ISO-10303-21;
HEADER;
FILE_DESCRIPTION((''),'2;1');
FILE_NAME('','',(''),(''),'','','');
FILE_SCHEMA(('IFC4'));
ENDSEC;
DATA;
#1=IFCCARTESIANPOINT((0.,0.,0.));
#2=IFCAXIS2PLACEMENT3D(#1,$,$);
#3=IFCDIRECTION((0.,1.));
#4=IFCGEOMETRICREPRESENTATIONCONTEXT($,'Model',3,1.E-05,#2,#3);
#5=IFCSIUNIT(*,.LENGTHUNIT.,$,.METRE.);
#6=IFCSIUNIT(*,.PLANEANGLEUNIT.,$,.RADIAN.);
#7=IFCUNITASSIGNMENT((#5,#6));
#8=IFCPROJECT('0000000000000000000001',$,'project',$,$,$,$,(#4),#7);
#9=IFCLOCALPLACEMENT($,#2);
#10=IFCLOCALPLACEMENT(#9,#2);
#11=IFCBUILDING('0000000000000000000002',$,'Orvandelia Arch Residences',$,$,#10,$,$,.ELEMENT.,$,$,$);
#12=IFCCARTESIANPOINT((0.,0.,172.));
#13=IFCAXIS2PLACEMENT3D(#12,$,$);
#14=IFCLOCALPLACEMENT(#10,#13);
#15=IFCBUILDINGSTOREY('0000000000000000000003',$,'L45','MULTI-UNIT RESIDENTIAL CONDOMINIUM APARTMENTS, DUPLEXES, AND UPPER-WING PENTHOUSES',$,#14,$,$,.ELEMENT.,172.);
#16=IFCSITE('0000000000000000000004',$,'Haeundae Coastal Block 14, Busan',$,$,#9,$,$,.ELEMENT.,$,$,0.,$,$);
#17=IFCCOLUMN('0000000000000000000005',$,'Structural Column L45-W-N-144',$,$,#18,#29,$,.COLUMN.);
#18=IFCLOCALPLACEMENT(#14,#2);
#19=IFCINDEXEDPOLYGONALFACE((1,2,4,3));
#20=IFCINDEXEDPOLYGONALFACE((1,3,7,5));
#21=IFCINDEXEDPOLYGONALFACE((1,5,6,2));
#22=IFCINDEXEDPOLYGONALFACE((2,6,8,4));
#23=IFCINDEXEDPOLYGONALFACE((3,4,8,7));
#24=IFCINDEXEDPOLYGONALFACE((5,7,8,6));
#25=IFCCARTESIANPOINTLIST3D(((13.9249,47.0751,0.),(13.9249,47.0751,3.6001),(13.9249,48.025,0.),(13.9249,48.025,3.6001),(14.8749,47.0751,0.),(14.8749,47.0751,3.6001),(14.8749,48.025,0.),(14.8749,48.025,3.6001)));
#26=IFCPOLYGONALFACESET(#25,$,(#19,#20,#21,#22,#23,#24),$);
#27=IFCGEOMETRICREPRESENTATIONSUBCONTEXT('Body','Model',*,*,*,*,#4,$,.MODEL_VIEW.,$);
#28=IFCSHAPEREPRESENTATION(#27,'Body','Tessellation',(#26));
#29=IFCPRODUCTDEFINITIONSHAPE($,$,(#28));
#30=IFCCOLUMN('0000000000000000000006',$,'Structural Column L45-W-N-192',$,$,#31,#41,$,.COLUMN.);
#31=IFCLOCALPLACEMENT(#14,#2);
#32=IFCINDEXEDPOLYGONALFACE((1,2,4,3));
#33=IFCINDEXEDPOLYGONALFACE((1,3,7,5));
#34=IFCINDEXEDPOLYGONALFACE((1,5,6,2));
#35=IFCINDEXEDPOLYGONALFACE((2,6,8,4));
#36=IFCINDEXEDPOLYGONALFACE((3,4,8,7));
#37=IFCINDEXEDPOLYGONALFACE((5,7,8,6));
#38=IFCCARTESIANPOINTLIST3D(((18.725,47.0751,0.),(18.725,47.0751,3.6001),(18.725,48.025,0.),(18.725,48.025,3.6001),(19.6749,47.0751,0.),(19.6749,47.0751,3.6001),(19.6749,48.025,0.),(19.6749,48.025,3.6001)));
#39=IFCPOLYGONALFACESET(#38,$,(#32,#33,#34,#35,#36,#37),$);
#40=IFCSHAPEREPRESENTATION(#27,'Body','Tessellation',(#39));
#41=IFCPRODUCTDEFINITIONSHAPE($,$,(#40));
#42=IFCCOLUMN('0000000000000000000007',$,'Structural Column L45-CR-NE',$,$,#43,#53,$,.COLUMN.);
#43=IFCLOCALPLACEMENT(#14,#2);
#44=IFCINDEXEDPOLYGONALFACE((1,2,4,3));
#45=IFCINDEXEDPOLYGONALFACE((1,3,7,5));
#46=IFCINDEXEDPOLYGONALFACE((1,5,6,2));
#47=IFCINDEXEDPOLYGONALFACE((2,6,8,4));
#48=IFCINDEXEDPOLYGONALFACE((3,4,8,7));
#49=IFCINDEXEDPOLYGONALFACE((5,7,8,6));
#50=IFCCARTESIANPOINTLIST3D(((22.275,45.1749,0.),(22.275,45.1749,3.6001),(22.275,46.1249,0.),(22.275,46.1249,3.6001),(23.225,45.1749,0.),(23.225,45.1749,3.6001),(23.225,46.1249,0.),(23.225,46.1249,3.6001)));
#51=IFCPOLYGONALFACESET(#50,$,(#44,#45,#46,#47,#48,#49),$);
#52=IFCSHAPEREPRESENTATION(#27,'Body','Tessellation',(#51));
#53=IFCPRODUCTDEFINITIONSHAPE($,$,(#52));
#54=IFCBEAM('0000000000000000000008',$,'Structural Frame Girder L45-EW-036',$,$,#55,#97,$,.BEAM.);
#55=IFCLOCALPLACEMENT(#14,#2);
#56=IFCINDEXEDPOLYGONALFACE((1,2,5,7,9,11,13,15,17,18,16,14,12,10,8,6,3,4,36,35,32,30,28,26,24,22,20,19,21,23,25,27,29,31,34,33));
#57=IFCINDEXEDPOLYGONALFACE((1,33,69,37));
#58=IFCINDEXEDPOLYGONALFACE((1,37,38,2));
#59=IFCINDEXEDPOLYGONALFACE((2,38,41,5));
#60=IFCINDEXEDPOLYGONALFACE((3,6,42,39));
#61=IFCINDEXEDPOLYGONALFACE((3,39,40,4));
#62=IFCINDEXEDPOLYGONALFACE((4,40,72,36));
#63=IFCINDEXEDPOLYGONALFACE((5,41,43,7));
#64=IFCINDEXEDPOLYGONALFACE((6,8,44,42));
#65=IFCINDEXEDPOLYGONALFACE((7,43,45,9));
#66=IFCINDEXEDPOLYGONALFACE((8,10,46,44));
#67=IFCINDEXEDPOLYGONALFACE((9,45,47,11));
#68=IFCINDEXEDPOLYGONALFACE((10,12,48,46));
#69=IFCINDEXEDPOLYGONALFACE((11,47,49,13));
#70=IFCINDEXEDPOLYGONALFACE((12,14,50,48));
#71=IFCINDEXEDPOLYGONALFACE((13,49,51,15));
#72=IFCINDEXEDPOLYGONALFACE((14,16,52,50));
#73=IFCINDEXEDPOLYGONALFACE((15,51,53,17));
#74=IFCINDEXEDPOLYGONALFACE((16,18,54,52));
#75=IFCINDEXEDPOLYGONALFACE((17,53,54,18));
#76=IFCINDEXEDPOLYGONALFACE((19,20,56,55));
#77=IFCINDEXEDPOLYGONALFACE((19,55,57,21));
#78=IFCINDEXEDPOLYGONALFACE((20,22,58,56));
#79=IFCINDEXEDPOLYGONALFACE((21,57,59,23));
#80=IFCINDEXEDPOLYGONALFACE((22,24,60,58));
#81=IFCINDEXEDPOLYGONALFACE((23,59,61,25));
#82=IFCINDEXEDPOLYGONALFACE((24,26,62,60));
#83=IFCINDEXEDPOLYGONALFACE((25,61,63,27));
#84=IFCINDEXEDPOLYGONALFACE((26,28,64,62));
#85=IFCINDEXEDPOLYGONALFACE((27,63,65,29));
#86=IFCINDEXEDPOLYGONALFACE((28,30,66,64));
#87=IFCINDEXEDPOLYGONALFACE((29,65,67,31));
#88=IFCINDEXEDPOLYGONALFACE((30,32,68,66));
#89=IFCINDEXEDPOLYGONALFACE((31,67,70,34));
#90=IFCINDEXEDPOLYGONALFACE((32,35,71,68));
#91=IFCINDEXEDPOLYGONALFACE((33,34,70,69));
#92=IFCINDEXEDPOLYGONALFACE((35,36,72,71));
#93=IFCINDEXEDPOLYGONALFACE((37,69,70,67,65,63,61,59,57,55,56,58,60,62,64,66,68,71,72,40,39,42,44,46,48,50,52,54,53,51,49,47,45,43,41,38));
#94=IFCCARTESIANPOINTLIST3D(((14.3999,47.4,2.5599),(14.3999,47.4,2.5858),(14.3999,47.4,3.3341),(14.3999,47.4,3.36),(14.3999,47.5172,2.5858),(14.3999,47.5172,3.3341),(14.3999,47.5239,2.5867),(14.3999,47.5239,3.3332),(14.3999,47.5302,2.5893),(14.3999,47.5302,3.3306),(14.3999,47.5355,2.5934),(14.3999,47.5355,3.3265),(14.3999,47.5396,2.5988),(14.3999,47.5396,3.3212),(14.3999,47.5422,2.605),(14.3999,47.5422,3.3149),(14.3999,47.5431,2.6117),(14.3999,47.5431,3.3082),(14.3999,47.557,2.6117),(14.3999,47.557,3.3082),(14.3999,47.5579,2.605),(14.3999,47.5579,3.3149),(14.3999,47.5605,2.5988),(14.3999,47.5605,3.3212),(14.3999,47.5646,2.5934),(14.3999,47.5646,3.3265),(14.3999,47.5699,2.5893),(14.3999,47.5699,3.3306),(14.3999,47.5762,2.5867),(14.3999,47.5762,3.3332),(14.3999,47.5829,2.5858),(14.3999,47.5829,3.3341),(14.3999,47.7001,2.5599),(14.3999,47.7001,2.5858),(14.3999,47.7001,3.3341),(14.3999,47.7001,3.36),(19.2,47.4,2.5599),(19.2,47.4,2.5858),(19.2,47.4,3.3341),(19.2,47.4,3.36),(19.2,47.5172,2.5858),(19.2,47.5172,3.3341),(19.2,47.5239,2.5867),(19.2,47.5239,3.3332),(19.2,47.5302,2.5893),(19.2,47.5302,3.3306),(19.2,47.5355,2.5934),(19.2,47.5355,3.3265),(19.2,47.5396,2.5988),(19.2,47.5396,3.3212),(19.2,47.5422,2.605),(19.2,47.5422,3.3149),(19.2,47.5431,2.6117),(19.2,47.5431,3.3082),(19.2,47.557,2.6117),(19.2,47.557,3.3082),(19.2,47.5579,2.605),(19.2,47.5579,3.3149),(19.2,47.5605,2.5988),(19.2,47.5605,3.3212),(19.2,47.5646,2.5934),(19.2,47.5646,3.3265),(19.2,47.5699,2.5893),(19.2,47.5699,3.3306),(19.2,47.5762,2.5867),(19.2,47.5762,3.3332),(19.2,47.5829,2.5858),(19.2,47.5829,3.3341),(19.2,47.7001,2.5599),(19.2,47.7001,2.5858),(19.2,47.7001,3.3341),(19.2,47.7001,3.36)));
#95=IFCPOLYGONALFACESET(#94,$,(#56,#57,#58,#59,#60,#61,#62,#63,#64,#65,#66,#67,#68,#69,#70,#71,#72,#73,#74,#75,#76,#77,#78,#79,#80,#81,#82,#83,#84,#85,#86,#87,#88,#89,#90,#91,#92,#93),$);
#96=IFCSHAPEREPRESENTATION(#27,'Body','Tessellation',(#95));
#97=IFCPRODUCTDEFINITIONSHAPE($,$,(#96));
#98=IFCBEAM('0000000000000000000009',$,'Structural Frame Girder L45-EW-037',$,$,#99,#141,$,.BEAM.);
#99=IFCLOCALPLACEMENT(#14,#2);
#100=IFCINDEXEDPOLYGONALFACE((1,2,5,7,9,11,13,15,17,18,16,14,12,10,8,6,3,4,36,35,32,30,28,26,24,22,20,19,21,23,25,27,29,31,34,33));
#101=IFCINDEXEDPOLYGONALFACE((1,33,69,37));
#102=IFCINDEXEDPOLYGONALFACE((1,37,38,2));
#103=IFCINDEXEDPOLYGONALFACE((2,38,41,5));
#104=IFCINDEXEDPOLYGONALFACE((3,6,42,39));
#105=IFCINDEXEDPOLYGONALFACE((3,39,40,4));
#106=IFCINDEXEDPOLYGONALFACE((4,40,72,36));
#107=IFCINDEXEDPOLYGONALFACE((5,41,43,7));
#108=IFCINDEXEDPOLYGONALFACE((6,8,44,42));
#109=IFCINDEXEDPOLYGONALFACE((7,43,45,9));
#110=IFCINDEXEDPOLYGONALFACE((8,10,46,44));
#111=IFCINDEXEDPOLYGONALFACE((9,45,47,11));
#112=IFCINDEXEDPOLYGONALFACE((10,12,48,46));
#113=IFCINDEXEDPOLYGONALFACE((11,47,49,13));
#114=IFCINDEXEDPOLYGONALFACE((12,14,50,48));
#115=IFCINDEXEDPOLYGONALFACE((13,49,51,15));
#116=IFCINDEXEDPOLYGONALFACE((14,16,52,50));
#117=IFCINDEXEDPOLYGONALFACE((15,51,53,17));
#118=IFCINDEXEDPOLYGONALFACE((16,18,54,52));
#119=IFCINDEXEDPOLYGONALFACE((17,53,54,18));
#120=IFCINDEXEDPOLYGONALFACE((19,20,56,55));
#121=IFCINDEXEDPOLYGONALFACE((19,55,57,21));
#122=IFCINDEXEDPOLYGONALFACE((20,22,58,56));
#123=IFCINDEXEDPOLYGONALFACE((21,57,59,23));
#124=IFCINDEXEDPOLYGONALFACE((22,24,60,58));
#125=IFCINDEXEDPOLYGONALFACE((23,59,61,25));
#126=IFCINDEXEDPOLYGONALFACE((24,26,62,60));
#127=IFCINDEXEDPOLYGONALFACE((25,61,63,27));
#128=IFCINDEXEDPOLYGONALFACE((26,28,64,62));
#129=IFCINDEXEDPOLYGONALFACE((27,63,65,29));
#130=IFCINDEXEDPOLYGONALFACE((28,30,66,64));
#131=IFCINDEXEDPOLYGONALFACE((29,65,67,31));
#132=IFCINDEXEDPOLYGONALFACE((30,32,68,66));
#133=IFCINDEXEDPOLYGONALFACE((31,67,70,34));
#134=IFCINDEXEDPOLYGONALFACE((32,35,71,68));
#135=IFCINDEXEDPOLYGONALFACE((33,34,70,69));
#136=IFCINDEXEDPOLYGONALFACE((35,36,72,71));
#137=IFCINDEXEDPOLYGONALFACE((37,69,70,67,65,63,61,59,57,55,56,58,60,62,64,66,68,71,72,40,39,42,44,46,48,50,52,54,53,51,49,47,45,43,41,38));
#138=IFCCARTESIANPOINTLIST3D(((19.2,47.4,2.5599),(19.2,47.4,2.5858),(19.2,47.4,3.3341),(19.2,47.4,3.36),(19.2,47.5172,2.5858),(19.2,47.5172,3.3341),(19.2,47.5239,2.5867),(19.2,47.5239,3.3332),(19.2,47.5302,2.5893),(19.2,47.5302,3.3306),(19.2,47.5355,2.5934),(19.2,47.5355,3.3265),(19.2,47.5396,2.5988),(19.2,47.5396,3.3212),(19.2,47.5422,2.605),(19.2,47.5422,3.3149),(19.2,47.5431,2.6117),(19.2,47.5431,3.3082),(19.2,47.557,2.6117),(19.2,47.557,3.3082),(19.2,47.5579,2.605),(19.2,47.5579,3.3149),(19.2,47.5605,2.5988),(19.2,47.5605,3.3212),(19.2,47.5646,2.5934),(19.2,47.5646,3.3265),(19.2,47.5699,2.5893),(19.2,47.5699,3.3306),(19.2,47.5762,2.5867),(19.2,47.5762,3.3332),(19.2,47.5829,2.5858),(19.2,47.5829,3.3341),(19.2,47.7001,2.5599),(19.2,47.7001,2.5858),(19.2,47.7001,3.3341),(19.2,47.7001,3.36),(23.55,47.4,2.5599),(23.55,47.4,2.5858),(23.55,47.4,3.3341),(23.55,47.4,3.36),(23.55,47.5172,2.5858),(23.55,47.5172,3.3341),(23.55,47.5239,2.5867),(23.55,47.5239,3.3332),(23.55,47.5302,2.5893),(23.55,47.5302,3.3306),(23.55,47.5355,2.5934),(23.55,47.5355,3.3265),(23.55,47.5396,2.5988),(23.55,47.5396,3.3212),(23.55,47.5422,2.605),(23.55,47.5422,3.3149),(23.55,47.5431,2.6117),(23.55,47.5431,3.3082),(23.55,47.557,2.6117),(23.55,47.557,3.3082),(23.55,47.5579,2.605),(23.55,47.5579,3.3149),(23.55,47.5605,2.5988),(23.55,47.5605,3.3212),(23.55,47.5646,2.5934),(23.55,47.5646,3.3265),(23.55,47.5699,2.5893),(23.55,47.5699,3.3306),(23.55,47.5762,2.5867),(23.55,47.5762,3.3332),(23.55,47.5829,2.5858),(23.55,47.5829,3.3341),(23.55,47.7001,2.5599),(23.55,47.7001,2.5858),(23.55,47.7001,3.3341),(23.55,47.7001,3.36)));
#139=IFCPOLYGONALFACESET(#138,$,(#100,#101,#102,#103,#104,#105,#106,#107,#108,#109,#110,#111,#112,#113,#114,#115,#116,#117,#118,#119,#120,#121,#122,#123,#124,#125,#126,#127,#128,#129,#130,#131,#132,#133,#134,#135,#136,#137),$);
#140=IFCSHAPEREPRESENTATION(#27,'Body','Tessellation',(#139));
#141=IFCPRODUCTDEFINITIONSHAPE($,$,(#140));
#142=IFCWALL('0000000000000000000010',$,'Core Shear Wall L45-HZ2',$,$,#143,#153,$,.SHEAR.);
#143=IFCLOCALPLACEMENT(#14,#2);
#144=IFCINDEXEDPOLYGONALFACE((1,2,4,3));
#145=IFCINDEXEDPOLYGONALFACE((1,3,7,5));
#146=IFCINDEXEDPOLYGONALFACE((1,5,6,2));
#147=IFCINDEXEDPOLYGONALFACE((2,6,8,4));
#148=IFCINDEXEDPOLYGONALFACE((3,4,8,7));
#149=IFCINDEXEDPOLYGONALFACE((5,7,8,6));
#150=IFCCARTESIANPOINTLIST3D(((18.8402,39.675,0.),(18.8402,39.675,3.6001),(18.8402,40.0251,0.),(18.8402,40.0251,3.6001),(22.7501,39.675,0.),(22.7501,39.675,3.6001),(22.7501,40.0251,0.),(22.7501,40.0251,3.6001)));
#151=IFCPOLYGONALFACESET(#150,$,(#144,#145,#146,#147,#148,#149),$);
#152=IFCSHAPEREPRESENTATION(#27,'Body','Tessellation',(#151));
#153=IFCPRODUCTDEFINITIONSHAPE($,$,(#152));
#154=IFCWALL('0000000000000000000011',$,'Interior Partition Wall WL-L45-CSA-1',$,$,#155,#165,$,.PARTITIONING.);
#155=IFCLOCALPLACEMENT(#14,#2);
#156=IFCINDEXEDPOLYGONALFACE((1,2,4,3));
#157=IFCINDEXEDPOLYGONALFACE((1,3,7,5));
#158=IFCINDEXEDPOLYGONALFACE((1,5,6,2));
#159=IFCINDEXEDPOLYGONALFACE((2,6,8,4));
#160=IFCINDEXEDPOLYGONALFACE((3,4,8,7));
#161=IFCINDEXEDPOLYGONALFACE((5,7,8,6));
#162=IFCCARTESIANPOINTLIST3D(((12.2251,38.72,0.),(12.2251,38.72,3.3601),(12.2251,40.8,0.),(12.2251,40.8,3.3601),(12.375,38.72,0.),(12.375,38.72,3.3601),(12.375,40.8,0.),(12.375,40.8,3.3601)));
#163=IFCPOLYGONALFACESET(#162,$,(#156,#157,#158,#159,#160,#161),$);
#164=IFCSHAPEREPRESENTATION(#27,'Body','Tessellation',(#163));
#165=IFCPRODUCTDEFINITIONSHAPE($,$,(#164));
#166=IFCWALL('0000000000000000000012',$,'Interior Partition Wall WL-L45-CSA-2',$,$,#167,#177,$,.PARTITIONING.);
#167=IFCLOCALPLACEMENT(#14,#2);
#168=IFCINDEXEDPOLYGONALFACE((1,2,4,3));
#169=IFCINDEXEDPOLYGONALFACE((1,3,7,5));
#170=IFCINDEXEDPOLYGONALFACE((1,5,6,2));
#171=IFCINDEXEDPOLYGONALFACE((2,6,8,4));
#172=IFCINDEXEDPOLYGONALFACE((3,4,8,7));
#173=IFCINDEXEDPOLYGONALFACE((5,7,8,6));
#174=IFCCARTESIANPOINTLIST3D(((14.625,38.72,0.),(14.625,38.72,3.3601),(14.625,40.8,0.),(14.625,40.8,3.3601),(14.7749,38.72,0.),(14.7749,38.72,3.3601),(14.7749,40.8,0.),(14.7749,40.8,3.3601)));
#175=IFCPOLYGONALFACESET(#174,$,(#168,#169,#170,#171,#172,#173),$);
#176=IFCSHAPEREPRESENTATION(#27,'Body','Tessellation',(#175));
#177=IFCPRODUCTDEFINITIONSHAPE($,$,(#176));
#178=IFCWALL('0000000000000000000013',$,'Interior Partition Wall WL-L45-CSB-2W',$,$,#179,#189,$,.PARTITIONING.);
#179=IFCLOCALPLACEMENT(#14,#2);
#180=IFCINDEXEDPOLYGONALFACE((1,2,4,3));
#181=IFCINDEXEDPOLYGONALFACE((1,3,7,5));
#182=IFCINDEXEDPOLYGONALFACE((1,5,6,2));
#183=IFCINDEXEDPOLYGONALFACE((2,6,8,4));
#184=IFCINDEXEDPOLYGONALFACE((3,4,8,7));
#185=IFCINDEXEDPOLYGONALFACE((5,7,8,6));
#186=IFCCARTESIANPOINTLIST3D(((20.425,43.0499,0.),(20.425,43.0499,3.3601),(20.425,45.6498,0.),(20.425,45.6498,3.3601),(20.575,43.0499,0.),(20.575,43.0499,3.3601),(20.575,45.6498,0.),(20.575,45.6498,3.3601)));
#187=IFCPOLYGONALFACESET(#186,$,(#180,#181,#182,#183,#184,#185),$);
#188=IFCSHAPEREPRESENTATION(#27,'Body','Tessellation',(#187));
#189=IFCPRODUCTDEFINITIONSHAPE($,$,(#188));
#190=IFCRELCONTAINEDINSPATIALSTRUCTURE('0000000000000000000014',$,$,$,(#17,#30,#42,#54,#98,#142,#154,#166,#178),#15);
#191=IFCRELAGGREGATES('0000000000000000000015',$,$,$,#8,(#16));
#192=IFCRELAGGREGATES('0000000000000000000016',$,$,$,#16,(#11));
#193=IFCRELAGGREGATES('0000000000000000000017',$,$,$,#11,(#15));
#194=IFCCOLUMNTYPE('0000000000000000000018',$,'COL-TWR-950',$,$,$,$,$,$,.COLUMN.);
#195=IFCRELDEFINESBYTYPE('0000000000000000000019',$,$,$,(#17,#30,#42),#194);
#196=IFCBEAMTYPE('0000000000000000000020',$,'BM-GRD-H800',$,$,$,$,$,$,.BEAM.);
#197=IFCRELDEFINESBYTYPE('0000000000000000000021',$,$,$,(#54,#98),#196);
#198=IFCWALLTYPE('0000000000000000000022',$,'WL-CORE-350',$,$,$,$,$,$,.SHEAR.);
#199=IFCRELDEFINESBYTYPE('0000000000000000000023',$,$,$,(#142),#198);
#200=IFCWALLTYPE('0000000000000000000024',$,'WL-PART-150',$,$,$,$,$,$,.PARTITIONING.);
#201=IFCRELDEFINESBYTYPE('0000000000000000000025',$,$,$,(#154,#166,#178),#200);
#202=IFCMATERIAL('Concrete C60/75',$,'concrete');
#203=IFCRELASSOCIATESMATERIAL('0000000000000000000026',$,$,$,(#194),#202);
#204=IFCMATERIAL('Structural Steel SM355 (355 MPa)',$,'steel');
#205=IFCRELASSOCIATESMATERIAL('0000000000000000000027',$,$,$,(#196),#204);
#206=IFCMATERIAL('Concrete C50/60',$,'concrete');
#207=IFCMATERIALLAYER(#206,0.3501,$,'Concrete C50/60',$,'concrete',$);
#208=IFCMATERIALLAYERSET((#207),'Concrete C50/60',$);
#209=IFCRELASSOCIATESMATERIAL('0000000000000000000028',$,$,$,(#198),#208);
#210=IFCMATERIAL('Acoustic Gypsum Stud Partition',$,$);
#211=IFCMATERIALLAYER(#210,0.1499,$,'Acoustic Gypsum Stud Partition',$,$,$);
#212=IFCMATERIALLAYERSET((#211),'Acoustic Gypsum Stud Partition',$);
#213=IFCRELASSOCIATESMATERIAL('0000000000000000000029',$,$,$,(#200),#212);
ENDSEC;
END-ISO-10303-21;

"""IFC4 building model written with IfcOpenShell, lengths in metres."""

from ifc_helpers import new_model, si_unit, direction, frame, frame_2d, origin, origin_2d, place, context, subcontext, project, spatial, rectangle, i_section, extrude, material, layer, layer_set, material_profile, profile_set, type_object, element, save


model = new_model("IFC4")

# Units and contexts
model_context = context("Model", 3, precision=1e-05, world=origin(), true_north=direction((0.0, 1.0)))
body_context = subcontext(model_context, "Body", "Model", "MODEL_VIEW")
ifc_project = project(units=[si_unit("LENGTHUNIT", "METRE"), si_unit("PLANEANGLEUNIT", "RADIAN")], contexts=[model_context])

# Site, building, storey
site_placement = place(None, origin())
site = spatial("IfcSite", under=ifc_project, at=site_placement, Name="Haeundae Coastal Block 14, Busan", CompositionType="ELEMENT", RefElevation=0.0)
building_placement = place(site_placement, origin())
building = spatial("IfcBuilding", under=site, at=building_placement, Name="Orvandelia Arch Residences", CompositionType="ELEMENT")
storey_placement = place(building_placement, frame((0.0, 0.0, 172.0)))
storey = spatial("IfcBuildingStorey", under=building, at=storey_placement, Name="L45", Description="MULTI-UNIT RESIDENTIAL CONDOMINIUM APARTMENTS, DUPLEXES, AND UPPER-WING PENTHOUSES", CompositionType="ELEMENT", Elevation=172.0)

# Columns
ifc_material_1 = material(Name="Concrete C60/75", Category="concrete")
ifc_material_profile_1 = material_profile(ifc_material_1, rectangle(XDim=0.95, YDim=0.95, at=origin_2d()), Name="Concrete C60/75", Category="concrete")
ifc_profile_set_1 = profile_set([ifc_material_profile_1], Name="Concrete C60/75")
column_type = type_object("IfcColumnType", Name="COL-TWR-950", PredefinedType="COLUMN", material=ifc_profile_set_1)
for number, where, z_axis, x_axis, name in (
    (1, (14.3999, 47.55, 0.0), (0.0, 0.0, 1.0), (1.0, 0.0, 0.0), "Structural Column L45-W-N-144"),
    (2, (19.2, 47.55, 0.0), (0.0, 0.0, 1.0), (1.0, 0.0, 0.0), "Structural Column L45-W-N-192"),
    (3, (22.75, 45.6499, 0.0), (0.0, 0.0, 1.0), (1.0, 0.0, 0.0), "Structural Column L45-CR-NE"),
):
    element("IfcColumn", number, at=place(storey_placement, frame(where, z_axis=z_axis, x_axis=x_axis)), inside=storey, type_object=column_type, Name=name, PredefinedType="COLUMN", context=body_context, shape_type="SweptSolid", body=[
        extrude(rectangle(XDim=0.95, YDim=0.95, at=origin_2d()), origin(), (0.0, 0.0, 1.0), 3.6001),
    ])

# Beams
ifc_material_2 = material(Name="Structural Steel SM355 (355 MPa)", Category="steel")
ifc_material_profile_2 = material_profile(ifc_material_2, i_section(OverallWidth=0.3, OverallDepth=0.8, WebThickness=0.0139, FlangeThickness=0.0259, FilletRadius=0.0259, at=origin_2d()), Name="Structural Steel SM355 (355 MPa)", Category="steel")
ifc_profile_set_2 = profile_set([ifc_material_profile_2], Name="Structural Steel SM355 (355 MPa)")
beam_type = type_object("IfcBeamType", Name="BM-GRD-H800", PredefinedType="BEAM", material=ifc_profile_set_2)
beam_1_placement = place(storey_placement, frame((14.3999, 47.55, 2.96), z_axis=(1.0, 0.0, 0.0), x_axis=(0.0, 1.0, 0.0)))
element("IfcBeam", 4, at=beam_1_placement, inside=storey, type_object=beam_type, Name="Structural Frame Girder L45-EW-036", PredefinedType="BEAM", context=body_context, shape_type="SweptSolid", body=[
    extrude(i_section(OverallWidth=0.3, OverallDepth=0.8, WebThickness=0.0139, FlangeThickness=0.0259, FilletRadius=0.0259, at=origin_2d()), origin(), (0.0, 0.0, 1.0), 4.8),
])
beam_2_placement = place(storey_placement, frame((19.2, 47.55, 2.96), z_axis=(1.0, 0.0, 0.0), x_axis=(0.0, 1.0, 0.0)))
element("IfcBeam", 5, at=beam_2_placement, inside=storey, type_object=beam_type, Name="Structural Frame Girder L45-EW-037", PredefinedType="BEAM", context=body_context, shape_type="SweptSolid", body=[
    extrude(i_section(OverallWidth=0.3, OverallDepth=0.8, WebThickness=0.0139, FlangeThickness=0.0259, FilletRadius=0.0259, at=origin_2d()), origin(), (0.0, 0.0, 1.0), 4.3501),
])

# Walls
ifc_material_3 = material(Name="Concrete C50/60", Category="concrete")
ifc_layer_1 = layer(ifc_material_3, 0.3501, Name="Concrete C50/60", Category="concrete")
ifc_layer_set_1 = layer_set([ifc_layer_1], Name="Concrete C50/60")
wall_type_1 = type_object("IfcWallType", Name="WL-CORE-350", PredefinedType="SHEAR", material=ifc_layer_set_1)
wall_1_placement = place(storey_placement, frame((18.8401, 39.8501, 0.0), z_axis=(0.0, 0.0, 1.0), x_axis=(1.0, 0.0, 0.0)))
element("IfcWall", 6, at=wall_1_placement, inside=storey, type_object=wall_type_1, Name="Core Shear Wall L45-HZ2", PredefinedType="SHEAR", context=body_context, shape_type="SweptSolid", body=[
    extrude(rectangle(XDim=3.9099, YDim=0.3501, at=frame_2d((1.9551, 0.0))), origin(), (0.0, 0.0, 1.0), 3.6001),
])
ifc_material_4 = material(Name="Acoustic Gypsum Stud Partition")
ifc_layer_2 = layer(ifc_material_4, 0.1499, Name="Acoustic Gypsum Stud Partition")
ifc_layer_set_2 = layer_set([ifc_layer_2], Name="Acoustic Gypsum Stud Partition")
wall_type_2 = type_object("IfcWallType", Name="WL-PART-150", PredefinedType="PARTITIONING", material=ifc_layer_set_2)
for number, where, z_axis, x_axis, name in (
    (7, (12.3, 38.72, 0.0), (0.0, 0.0, 1.0), (0.0, 1.0, 0.0), "Interior Partition Wall WL-L45-CSA-1"),
    (8, (14.7, 38.72, 0.0), (0.0, 0.0, 1.0), (0.0, 1.0, 0.0), "Interior Partition Wall WL-L45-CSA-2"),
):
    element("IfcWall", number, at=place(storey_placement, frame(where, z_axis=z_axis, x_axis=x_axis)), inside=storey, type_object=wall_type_2, Name=name, PredefinedType="PARTITIONING", context=body_context, shape_type="SweptSolid", body=[
        extrude(rectangle(XDim=2.0801, YDim=0.1499, at=frame_2d((1.04, 0.0))), origin(), (0.0, 0.0, 1.0), 3.3601),
    ])
wall_2_placement = place(storey_placement, frame((20.5, 43.05, 0.0), z_axis=(0.0, 0.0, 1.0), x_axis=(0.0, 1.0, 0.0)))
element("IfcWall", 9, at=wall_2_placement, inside=storey, type_object=wall_type_2, Name="Interior Partition Wall WL-L45-CSB-2W", PredefinedType="PARTITIONING", context=body_context, shape_type="SweptSolid", body=[
    extrude(rectangle(XDim=2.5999, YDim=0.1499, at=frame_2d((1.2998, 0.0))), origin(), (0.0, 0.0, 1.0), 3.3601),
])

save(model, "model.ifc")
